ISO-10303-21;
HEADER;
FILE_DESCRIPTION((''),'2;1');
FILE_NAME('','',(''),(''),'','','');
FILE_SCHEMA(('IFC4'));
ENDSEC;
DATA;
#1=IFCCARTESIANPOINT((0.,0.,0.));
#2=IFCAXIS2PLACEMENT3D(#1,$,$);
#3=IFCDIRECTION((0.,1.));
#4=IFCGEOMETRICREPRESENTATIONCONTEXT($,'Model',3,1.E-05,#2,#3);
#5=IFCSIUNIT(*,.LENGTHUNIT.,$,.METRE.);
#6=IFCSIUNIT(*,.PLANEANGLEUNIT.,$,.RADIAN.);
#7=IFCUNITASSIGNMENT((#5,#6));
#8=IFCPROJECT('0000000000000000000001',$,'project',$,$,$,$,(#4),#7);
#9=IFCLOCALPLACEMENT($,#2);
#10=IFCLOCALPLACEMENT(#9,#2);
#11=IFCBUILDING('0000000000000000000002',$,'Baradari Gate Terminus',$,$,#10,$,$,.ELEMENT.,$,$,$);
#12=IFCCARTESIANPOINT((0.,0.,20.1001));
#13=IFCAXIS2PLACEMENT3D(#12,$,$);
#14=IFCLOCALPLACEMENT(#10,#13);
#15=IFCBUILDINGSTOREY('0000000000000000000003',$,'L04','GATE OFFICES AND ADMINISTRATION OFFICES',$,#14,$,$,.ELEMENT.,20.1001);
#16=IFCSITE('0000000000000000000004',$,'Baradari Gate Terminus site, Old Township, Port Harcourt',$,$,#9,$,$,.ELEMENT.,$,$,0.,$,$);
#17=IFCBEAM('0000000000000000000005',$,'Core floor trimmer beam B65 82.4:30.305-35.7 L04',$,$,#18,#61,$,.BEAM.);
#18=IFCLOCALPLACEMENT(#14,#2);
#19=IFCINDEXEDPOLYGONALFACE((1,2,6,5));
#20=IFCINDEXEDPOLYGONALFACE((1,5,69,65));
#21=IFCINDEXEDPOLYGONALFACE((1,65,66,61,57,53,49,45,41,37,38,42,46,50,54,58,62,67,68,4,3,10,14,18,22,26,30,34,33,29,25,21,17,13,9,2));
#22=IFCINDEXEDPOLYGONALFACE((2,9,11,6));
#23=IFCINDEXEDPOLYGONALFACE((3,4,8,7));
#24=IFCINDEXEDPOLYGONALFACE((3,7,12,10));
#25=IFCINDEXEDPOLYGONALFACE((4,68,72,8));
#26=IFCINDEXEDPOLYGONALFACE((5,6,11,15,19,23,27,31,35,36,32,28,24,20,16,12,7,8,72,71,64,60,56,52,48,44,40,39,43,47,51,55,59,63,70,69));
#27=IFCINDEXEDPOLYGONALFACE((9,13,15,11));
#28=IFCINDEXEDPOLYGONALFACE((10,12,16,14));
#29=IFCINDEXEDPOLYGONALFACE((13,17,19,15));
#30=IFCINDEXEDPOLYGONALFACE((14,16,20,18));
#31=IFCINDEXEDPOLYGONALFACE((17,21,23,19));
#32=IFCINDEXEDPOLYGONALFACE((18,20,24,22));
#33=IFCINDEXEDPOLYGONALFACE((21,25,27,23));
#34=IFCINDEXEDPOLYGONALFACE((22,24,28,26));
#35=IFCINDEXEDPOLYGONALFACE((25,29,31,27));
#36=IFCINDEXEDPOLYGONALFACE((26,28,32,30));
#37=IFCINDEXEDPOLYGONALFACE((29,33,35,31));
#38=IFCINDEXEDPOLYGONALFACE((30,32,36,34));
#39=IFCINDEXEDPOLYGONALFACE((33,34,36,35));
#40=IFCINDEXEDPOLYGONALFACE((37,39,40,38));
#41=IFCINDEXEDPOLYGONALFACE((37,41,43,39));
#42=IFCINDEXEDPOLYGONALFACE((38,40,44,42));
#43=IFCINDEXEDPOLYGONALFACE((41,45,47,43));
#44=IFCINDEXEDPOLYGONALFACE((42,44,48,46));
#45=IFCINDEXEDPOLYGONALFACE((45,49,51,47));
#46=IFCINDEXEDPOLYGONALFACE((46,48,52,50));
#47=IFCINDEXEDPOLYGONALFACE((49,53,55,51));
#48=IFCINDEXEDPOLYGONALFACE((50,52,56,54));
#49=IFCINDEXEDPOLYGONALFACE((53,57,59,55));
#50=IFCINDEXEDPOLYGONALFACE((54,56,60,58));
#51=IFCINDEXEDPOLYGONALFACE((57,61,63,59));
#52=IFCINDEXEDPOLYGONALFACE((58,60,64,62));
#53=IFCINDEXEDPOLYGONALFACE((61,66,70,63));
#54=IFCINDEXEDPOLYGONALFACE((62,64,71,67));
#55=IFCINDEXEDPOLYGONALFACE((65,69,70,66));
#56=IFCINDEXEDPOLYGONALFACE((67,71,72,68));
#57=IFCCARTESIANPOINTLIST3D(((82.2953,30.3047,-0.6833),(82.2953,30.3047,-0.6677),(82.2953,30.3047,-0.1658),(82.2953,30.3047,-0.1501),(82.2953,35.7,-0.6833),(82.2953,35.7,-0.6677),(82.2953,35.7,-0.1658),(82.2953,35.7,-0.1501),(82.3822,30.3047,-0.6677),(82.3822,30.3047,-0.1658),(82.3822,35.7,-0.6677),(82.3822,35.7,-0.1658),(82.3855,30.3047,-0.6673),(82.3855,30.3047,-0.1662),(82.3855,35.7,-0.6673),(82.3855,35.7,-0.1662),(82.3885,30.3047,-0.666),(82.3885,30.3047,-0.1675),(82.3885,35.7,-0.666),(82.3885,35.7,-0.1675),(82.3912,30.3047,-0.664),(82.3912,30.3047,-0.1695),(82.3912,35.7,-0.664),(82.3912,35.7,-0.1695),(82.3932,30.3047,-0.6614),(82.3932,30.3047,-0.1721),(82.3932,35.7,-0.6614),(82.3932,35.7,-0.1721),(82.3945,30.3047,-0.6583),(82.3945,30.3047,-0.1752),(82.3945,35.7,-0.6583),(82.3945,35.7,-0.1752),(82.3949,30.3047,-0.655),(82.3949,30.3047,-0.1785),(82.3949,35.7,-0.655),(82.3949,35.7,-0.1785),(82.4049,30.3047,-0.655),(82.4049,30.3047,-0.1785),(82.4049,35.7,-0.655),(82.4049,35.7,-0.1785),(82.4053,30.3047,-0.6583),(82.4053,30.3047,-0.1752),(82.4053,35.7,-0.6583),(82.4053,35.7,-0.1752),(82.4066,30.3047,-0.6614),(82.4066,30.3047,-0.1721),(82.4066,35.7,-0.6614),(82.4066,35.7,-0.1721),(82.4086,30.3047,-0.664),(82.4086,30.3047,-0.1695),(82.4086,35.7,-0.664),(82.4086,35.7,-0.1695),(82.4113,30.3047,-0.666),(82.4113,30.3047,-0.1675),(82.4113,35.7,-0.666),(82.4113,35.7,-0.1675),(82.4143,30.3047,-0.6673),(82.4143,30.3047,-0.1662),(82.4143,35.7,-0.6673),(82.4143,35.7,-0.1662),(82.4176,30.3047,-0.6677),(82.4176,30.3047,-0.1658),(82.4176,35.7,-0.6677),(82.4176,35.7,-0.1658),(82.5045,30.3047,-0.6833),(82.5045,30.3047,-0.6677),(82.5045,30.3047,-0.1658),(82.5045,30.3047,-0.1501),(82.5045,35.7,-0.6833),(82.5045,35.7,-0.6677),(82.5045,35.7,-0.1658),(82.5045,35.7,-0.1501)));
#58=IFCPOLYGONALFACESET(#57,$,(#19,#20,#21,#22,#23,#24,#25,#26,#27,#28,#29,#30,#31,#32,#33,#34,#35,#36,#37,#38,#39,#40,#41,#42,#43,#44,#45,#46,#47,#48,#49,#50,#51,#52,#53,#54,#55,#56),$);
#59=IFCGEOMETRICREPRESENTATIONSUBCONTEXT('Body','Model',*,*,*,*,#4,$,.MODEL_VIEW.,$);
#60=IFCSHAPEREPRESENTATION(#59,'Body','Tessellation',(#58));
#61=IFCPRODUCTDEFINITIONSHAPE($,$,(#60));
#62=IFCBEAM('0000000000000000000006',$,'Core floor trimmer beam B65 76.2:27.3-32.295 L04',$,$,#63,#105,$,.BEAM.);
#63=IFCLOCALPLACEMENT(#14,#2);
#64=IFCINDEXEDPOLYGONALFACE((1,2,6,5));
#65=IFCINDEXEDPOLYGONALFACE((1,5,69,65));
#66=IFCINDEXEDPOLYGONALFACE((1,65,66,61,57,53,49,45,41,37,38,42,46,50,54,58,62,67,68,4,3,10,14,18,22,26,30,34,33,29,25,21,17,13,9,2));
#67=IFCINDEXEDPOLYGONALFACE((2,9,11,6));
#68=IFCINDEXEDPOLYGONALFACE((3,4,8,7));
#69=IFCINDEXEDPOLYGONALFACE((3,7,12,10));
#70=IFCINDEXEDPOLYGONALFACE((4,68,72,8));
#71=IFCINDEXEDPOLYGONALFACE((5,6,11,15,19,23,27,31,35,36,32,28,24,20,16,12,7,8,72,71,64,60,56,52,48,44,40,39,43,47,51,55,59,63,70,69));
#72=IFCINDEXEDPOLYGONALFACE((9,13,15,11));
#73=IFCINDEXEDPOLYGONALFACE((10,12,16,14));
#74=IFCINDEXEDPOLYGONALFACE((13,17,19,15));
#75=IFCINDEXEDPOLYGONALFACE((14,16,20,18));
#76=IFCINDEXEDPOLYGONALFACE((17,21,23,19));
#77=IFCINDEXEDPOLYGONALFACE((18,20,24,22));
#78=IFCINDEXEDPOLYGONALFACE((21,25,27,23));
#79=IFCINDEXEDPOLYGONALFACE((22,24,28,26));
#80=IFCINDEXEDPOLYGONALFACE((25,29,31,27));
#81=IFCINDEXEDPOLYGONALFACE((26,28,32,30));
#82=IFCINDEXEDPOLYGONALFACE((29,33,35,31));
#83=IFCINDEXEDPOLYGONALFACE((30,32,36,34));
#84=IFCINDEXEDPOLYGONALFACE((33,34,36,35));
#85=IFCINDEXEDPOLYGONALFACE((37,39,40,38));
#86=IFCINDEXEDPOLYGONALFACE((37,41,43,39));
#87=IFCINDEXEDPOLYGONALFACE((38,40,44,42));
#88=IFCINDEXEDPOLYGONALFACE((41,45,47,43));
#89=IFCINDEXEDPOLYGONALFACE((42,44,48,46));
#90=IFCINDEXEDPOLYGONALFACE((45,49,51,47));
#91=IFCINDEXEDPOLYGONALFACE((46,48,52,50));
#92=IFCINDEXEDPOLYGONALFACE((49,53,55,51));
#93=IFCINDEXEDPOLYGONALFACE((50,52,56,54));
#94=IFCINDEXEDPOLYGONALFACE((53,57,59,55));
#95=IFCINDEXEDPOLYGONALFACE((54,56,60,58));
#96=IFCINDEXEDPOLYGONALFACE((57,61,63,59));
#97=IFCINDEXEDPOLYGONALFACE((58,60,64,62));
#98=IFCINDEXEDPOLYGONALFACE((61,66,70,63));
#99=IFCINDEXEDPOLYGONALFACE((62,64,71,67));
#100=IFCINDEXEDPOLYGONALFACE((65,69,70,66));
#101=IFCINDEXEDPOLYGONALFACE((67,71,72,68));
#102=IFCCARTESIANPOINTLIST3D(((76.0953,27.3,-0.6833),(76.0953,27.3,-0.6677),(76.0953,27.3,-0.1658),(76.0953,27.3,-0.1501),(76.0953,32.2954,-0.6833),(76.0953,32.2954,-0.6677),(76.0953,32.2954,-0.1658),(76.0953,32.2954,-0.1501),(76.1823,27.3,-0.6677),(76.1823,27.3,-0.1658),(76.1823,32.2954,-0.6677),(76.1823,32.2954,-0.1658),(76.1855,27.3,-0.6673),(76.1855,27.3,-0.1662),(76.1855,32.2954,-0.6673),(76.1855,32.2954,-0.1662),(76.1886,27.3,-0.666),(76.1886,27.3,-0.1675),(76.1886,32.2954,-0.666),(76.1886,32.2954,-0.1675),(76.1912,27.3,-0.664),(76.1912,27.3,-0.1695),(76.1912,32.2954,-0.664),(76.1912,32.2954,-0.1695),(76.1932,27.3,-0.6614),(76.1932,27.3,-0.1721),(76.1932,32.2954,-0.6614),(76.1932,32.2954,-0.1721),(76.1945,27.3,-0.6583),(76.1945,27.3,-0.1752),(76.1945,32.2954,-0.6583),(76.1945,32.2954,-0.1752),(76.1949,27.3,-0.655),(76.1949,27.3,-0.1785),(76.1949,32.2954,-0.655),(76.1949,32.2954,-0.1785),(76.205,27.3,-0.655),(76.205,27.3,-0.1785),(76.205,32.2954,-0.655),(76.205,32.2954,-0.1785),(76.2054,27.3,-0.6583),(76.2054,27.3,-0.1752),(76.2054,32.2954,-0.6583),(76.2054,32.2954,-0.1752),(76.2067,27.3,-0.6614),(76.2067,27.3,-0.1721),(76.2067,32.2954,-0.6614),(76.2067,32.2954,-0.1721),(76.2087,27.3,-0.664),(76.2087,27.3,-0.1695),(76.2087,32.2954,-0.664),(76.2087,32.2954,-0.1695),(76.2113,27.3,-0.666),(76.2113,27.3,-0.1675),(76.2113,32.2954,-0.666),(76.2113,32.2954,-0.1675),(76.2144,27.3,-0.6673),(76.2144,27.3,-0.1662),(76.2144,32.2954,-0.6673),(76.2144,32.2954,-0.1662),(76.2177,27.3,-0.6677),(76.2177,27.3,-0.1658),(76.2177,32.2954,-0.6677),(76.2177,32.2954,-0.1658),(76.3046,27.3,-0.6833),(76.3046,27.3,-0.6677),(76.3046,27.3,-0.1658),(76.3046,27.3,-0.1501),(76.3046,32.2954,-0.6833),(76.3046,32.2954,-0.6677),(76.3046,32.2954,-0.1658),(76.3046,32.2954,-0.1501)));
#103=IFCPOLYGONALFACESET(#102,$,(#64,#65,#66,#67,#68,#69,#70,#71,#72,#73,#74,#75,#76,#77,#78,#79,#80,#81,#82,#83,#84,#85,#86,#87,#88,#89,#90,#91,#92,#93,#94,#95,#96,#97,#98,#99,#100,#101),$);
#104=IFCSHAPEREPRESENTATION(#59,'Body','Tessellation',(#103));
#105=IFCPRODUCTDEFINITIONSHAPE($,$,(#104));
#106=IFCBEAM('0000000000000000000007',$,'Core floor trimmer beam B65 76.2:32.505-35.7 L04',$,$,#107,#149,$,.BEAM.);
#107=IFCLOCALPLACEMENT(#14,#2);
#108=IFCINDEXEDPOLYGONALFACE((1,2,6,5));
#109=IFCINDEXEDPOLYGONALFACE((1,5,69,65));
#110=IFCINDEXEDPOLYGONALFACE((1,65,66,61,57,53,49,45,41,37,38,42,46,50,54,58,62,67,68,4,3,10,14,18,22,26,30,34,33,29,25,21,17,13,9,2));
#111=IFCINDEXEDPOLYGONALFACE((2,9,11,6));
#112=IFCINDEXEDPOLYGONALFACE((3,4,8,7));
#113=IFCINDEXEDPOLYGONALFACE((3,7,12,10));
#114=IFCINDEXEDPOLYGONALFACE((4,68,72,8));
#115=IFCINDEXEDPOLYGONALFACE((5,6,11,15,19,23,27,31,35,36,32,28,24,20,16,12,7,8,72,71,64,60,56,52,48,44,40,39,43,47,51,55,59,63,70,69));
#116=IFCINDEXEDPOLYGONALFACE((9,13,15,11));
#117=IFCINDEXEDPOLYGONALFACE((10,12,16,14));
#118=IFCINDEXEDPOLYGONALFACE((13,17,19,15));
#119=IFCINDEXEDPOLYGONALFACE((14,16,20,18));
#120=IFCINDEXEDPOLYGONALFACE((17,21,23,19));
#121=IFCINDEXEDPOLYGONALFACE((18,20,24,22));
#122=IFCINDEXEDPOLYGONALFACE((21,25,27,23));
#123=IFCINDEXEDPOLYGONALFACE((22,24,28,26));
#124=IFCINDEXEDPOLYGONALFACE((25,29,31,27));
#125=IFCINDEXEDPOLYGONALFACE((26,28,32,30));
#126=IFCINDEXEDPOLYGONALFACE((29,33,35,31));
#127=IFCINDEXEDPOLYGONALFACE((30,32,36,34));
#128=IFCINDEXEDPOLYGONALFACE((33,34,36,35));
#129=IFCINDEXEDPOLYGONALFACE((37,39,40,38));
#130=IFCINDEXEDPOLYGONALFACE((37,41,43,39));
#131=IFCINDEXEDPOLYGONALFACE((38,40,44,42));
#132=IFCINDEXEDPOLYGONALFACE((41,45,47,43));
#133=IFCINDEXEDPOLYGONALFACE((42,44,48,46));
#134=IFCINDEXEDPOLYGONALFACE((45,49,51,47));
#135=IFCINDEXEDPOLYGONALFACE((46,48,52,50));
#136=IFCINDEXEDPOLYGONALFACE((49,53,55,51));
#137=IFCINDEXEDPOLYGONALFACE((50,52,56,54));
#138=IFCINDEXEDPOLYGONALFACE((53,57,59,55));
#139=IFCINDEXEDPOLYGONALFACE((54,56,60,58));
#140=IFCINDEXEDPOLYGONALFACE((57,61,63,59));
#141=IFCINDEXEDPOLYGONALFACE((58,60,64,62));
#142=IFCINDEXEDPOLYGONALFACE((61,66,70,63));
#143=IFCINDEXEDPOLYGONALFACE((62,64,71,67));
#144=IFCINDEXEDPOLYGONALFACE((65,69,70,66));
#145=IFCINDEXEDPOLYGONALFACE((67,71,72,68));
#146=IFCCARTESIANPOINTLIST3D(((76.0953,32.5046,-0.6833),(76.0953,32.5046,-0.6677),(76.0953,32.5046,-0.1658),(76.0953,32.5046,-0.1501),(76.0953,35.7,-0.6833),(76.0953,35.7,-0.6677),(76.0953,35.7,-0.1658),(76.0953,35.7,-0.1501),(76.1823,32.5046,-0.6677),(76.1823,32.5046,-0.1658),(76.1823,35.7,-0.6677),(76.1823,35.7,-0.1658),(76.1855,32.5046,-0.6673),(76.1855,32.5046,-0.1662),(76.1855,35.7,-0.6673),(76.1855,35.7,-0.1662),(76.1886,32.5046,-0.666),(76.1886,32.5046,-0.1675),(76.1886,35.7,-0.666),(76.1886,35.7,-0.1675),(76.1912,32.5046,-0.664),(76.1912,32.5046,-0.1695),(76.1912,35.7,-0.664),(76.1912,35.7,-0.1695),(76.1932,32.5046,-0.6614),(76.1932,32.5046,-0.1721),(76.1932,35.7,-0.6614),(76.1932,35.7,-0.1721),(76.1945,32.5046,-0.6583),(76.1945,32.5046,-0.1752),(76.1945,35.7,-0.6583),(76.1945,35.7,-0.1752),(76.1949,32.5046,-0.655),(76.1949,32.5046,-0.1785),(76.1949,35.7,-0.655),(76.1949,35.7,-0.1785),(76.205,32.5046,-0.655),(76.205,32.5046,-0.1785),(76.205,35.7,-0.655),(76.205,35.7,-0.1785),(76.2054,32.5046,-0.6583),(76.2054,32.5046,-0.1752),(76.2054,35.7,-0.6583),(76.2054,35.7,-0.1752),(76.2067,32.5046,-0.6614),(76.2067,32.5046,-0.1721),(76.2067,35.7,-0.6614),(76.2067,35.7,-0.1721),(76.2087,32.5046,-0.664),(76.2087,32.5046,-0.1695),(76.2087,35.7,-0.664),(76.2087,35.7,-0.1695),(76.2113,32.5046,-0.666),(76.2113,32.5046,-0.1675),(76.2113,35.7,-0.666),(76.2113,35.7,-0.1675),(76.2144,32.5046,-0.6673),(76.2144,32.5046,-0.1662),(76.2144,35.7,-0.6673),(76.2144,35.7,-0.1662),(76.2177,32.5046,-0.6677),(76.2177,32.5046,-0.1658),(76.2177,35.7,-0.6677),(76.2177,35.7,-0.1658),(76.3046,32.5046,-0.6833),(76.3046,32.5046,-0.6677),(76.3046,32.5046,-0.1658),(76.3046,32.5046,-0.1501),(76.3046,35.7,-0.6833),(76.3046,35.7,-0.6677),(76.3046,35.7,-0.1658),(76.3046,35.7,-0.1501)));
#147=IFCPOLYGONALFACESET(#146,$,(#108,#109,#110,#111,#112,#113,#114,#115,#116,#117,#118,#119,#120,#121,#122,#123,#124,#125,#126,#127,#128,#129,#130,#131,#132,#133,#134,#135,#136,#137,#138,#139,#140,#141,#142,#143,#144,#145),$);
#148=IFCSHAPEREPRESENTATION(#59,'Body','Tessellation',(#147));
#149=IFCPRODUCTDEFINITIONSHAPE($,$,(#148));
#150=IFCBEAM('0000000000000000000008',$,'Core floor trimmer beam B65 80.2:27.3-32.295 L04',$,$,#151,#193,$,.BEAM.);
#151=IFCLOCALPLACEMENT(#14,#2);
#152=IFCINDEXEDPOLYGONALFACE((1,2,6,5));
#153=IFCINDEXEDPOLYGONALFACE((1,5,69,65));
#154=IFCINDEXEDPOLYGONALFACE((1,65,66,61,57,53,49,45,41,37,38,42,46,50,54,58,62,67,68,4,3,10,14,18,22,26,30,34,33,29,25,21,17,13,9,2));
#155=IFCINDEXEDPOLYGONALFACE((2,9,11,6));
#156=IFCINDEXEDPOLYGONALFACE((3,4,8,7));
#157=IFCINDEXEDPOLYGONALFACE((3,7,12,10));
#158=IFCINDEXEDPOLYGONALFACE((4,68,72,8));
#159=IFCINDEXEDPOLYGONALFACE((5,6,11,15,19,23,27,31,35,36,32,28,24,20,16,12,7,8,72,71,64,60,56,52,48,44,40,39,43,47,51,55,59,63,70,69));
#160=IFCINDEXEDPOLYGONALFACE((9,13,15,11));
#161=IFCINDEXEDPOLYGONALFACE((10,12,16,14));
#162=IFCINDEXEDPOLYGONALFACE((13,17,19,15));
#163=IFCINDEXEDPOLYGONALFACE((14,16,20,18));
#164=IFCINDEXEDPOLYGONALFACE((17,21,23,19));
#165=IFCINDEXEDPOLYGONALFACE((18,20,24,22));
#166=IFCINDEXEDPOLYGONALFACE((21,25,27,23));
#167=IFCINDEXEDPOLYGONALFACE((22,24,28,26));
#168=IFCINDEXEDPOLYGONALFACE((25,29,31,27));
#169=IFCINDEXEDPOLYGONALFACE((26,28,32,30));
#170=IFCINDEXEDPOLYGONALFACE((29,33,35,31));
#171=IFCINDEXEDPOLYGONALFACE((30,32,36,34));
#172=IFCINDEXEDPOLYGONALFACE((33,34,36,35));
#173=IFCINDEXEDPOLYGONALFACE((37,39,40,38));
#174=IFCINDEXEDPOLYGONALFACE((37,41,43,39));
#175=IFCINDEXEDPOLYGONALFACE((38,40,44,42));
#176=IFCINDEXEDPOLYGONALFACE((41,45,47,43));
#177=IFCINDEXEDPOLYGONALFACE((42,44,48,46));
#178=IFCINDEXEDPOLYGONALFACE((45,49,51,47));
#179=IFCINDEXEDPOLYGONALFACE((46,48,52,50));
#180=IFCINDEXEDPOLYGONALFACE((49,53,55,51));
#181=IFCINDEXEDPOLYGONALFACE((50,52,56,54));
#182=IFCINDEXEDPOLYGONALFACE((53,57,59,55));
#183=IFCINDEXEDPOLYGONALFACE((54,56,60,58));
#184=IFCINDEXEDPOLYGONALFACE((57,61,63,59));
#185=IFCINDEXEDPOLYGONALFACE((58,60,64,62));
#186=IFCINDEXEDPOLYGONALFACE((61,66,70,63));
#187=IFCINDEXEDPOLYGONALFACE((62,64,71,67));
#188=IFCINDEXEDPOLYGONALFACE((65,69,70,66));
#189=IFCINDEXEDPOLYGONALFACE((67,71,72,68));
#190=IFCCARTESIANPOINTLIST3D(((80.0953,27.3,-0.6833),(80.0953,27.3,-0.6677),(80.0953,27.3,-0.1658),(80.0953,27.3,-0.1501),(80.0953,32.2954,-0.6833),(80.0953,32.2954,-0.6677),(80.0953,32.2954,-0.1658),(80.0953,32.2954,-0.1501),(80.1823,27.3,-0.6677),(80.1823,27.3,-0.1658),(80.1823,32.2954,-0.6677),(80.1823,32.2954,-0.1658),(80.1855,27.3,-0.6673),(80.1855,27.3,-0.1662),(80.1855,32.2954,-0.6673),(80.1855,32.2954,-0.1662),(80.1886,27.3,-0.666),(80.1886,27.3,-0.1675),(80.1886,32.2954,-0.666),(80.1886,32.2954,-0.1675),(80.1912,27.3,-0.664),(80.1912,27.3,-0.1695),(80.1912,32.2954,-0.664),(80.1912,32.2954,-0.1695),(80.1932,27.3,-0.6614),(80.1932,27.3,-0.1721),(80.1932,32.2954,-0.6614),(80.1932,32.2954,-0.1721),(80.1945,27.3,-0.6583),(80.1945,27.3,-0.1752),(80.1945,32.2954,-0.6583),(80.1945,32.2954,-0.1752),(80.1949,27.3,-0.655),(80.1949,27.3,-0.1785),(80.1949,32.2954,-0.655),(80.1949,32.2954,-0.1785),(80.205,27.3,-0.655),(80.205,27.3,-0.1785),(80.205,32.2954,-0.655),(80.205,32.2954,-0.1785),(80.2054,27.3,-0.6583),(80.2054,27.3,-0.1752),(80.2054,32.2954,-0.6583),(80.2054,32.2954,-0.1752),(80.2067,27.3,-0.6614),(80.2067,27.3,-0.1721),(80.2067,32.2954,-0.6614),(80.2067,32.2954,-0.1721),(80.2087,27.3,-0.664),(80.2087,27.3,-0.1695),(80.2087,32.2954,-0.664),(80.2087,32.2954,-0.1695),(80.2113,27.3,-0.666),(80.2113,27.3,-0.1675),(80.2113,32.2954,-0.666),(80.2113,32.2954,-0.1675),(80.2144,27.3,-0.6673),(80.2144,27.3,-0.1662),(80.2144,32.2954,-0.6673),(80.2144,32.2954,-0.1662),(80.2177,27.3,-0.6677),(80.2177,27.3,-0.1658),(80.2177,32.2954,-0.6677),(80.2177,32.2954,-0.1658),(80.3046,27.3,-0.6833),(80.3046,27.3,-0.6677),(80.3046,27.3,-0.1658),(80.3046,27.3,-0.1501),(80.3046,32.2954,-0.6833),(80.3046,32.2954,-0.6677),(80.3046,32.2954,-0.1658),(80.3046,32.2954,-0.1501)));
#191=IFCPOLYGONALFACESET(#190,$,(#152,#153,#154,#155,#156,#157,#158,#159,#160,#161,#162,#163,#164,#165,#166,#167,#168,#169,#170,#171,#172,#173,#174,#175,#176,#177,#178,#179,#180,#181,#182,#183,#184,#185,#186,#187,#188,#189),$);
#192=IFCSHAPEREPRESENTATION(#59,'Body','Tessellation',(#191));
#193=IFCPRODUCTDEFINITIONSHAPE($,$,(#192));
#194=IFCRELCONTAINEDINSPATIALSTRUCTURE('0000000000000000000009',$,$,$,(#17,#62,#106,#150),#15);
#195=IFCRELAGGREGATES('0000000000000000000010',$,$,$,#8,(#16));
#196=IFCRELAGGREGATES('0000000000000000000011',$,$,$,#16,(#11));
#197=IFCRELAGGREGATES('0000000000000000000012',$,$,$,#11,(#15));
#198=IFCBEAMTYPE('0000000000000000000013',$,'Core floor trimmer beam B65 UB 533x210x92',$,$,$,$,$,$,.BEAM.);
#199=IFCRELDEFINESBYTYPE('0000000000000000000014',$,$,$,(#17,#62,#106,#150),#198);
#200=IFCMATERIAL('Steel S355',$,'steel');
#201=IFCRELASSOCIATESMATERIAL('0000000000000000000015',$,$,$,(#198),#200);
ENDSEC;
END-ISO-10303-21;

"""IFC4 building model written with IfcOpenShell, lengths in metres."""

from ifc_helpers import new_model, si_unit, direction, frame, origin, origin_2d, place, context, subcontext, project, spatial, i_section, extrude, material, material_profile, profile_set, type_object, element, save


model = new_model("IFC4")

# Units and contexts
model_context = context("Model", 3, precision=1e-05, world=origin(), true_north=direction((0.0, 1.0)))
body_context = subcontext(model_context, "Body", "Model", "MODEL_VIEW")
ifc_project = project(units=[si_unit("LENGTHUNIT", "METRE"), si_unit("PLANEANGLEUNIT", "RADIAN")], contexts=[model_context])

# Site, building, storey
site_placement = place(None, origin())
site = spatial("IfcSite", under=ifc_project, at=site_placement, Name="Baradari Gate Terminus site, Old Township, Port Harcourt", CompositionType="ELEMENT", RefElevation=0.0)
building_placement = place(site_placement, origin())
building = spatial("IfcBuilding", under=site, at=building_placement, Name="Baradari Gate Terminus", CompositionType="ELEMENT")
storey_placement = place(building_placement, frame((0.0, 0.0, 20.1001)))
storey = spatial("IfcBuildingStorey", under=building, at=storey_placement, Name="L04", Description="GATE OFFICES AND ADMINISTRATION OFFICES", CompositionType="ELEMENT", Elevation=20.1001)

# Beams
ifc_material_1 = material(Name="Steel S355", Category="steel")
ifc_material_profile_1 = material_profile(ifc_material_1, i_section(OverallWidth=0.2092, OverallDepth=0.5332, WebThickness=0.01, FlangeThickness=0.0156, FilletRadius=0.0127, at=origin_2d()), Name="UB 533x210x92")
ifc_profile_set_1 = profile_set([ifc_material_profile_1], Name="Steel S355")
beam_type_1 = type_object("IfcBeamType", Name="Core floor trimmer beam B65 UB 533x210x92", PredefinedType="BEAM", material=ifc_profile_set_1)
beam_1_placement = place(storey_placement, frame((82.3999, 30.3047, -0.4167), z_axis=(0.0, 1.0, 0.0), x_axis=(-1.0, 0.0, 0.0)))
element("IfcBeam", 1, at=beam_1_placement, inside=storey, type_object=beam_type_1, Name="Core floor trimmer beam B65 82.4:30.305-35.7 L04", PredefinedType="BEAM", context=body_context, shape_type="SweptSolid", body=[
    extrude(i_section(OverallWidth=0.2092, OverallDepth=0.5332, WebThickness=0.01, FlangeThickness=0.0156, FilletRadius=0.0127, at=origin_2d()), origin(), (0.0, 0.0, 1.0), 5.3953),
])
beam_2_placement = place(storey_placement, frame((76.2, 27.3, -0.4167), z_axis=(0.0, 1.0, 0.0), x_axis=(-1.0, 0.0, 0.0)))
element("IfcBeam", 2, at=beam_2_placement, inside=storey, type_object=beam_type_1, Name="Core floor trimmer beam B65 76.2:27.3-32.295 L04", PredefinedType="BEAM", context=body_context, shape_type="SweptSolid", body=[
    extrude(i_section(OverallWidth=0.2092, OverallDepth=0.5332, WebThickness=0.01, FlangeThickness=0.0156, FilletRadius=0.0127, at=origin_2d()), origin(), (0.0, 0.0, 1.0), 4.9954),
])
beam_3_placement = place(storey_placement, frame((76.2, 32.5046, -0.4167), z_axis=(0.0, 1.0, 0.0), x_axis=(-1.0, 0.0, 0.0)))
element("IfcBeam", 3, at=beam_3_placement, inside=storey, type_object=beam_type_1, Name="Core floor trimmer beam B65 76.2:32.505-35.7 L04", PredefinedType="BEAM", context=body_context, shape_type="SweptSolid", body=[
    extrude(i_section(OverallWidth=0.2092, OverallDepth=0.5332, WebThickness=0.01, FlangeThickness=0.0156, FilletRadius=0.0127, at=origin_2d()), origin(), (0.0, 0.0, 1.0), 3.1953),
])
beam_4_placement = place(storey_placement, frame((80.2, 27.3, -0.4167), z_axis=(0.0, 1.0, 0.0), x_axis=(-1.0, 0.0, 0.0)))
element("IfcBeam", 4, at=beam_4_placement, inside=storey, type_object=beam_type_1, Name="Core floor trimmer beam B65 80.2:27.3-32.295 L04", PredefinedType="BEAM", context=body_context, shape_type="SweptSolid", body=[
    extrude(i_section(OverallWidth=0.2092, OverallDepth=0.5332, WebThickness=0.01, FlangeThickness=0.0156, FilletRadius=0.0127, at=origin_2d()), origin(), (0.0, 0.0, 1.0), 4.9954),
])

save(model, "model.ifc")
